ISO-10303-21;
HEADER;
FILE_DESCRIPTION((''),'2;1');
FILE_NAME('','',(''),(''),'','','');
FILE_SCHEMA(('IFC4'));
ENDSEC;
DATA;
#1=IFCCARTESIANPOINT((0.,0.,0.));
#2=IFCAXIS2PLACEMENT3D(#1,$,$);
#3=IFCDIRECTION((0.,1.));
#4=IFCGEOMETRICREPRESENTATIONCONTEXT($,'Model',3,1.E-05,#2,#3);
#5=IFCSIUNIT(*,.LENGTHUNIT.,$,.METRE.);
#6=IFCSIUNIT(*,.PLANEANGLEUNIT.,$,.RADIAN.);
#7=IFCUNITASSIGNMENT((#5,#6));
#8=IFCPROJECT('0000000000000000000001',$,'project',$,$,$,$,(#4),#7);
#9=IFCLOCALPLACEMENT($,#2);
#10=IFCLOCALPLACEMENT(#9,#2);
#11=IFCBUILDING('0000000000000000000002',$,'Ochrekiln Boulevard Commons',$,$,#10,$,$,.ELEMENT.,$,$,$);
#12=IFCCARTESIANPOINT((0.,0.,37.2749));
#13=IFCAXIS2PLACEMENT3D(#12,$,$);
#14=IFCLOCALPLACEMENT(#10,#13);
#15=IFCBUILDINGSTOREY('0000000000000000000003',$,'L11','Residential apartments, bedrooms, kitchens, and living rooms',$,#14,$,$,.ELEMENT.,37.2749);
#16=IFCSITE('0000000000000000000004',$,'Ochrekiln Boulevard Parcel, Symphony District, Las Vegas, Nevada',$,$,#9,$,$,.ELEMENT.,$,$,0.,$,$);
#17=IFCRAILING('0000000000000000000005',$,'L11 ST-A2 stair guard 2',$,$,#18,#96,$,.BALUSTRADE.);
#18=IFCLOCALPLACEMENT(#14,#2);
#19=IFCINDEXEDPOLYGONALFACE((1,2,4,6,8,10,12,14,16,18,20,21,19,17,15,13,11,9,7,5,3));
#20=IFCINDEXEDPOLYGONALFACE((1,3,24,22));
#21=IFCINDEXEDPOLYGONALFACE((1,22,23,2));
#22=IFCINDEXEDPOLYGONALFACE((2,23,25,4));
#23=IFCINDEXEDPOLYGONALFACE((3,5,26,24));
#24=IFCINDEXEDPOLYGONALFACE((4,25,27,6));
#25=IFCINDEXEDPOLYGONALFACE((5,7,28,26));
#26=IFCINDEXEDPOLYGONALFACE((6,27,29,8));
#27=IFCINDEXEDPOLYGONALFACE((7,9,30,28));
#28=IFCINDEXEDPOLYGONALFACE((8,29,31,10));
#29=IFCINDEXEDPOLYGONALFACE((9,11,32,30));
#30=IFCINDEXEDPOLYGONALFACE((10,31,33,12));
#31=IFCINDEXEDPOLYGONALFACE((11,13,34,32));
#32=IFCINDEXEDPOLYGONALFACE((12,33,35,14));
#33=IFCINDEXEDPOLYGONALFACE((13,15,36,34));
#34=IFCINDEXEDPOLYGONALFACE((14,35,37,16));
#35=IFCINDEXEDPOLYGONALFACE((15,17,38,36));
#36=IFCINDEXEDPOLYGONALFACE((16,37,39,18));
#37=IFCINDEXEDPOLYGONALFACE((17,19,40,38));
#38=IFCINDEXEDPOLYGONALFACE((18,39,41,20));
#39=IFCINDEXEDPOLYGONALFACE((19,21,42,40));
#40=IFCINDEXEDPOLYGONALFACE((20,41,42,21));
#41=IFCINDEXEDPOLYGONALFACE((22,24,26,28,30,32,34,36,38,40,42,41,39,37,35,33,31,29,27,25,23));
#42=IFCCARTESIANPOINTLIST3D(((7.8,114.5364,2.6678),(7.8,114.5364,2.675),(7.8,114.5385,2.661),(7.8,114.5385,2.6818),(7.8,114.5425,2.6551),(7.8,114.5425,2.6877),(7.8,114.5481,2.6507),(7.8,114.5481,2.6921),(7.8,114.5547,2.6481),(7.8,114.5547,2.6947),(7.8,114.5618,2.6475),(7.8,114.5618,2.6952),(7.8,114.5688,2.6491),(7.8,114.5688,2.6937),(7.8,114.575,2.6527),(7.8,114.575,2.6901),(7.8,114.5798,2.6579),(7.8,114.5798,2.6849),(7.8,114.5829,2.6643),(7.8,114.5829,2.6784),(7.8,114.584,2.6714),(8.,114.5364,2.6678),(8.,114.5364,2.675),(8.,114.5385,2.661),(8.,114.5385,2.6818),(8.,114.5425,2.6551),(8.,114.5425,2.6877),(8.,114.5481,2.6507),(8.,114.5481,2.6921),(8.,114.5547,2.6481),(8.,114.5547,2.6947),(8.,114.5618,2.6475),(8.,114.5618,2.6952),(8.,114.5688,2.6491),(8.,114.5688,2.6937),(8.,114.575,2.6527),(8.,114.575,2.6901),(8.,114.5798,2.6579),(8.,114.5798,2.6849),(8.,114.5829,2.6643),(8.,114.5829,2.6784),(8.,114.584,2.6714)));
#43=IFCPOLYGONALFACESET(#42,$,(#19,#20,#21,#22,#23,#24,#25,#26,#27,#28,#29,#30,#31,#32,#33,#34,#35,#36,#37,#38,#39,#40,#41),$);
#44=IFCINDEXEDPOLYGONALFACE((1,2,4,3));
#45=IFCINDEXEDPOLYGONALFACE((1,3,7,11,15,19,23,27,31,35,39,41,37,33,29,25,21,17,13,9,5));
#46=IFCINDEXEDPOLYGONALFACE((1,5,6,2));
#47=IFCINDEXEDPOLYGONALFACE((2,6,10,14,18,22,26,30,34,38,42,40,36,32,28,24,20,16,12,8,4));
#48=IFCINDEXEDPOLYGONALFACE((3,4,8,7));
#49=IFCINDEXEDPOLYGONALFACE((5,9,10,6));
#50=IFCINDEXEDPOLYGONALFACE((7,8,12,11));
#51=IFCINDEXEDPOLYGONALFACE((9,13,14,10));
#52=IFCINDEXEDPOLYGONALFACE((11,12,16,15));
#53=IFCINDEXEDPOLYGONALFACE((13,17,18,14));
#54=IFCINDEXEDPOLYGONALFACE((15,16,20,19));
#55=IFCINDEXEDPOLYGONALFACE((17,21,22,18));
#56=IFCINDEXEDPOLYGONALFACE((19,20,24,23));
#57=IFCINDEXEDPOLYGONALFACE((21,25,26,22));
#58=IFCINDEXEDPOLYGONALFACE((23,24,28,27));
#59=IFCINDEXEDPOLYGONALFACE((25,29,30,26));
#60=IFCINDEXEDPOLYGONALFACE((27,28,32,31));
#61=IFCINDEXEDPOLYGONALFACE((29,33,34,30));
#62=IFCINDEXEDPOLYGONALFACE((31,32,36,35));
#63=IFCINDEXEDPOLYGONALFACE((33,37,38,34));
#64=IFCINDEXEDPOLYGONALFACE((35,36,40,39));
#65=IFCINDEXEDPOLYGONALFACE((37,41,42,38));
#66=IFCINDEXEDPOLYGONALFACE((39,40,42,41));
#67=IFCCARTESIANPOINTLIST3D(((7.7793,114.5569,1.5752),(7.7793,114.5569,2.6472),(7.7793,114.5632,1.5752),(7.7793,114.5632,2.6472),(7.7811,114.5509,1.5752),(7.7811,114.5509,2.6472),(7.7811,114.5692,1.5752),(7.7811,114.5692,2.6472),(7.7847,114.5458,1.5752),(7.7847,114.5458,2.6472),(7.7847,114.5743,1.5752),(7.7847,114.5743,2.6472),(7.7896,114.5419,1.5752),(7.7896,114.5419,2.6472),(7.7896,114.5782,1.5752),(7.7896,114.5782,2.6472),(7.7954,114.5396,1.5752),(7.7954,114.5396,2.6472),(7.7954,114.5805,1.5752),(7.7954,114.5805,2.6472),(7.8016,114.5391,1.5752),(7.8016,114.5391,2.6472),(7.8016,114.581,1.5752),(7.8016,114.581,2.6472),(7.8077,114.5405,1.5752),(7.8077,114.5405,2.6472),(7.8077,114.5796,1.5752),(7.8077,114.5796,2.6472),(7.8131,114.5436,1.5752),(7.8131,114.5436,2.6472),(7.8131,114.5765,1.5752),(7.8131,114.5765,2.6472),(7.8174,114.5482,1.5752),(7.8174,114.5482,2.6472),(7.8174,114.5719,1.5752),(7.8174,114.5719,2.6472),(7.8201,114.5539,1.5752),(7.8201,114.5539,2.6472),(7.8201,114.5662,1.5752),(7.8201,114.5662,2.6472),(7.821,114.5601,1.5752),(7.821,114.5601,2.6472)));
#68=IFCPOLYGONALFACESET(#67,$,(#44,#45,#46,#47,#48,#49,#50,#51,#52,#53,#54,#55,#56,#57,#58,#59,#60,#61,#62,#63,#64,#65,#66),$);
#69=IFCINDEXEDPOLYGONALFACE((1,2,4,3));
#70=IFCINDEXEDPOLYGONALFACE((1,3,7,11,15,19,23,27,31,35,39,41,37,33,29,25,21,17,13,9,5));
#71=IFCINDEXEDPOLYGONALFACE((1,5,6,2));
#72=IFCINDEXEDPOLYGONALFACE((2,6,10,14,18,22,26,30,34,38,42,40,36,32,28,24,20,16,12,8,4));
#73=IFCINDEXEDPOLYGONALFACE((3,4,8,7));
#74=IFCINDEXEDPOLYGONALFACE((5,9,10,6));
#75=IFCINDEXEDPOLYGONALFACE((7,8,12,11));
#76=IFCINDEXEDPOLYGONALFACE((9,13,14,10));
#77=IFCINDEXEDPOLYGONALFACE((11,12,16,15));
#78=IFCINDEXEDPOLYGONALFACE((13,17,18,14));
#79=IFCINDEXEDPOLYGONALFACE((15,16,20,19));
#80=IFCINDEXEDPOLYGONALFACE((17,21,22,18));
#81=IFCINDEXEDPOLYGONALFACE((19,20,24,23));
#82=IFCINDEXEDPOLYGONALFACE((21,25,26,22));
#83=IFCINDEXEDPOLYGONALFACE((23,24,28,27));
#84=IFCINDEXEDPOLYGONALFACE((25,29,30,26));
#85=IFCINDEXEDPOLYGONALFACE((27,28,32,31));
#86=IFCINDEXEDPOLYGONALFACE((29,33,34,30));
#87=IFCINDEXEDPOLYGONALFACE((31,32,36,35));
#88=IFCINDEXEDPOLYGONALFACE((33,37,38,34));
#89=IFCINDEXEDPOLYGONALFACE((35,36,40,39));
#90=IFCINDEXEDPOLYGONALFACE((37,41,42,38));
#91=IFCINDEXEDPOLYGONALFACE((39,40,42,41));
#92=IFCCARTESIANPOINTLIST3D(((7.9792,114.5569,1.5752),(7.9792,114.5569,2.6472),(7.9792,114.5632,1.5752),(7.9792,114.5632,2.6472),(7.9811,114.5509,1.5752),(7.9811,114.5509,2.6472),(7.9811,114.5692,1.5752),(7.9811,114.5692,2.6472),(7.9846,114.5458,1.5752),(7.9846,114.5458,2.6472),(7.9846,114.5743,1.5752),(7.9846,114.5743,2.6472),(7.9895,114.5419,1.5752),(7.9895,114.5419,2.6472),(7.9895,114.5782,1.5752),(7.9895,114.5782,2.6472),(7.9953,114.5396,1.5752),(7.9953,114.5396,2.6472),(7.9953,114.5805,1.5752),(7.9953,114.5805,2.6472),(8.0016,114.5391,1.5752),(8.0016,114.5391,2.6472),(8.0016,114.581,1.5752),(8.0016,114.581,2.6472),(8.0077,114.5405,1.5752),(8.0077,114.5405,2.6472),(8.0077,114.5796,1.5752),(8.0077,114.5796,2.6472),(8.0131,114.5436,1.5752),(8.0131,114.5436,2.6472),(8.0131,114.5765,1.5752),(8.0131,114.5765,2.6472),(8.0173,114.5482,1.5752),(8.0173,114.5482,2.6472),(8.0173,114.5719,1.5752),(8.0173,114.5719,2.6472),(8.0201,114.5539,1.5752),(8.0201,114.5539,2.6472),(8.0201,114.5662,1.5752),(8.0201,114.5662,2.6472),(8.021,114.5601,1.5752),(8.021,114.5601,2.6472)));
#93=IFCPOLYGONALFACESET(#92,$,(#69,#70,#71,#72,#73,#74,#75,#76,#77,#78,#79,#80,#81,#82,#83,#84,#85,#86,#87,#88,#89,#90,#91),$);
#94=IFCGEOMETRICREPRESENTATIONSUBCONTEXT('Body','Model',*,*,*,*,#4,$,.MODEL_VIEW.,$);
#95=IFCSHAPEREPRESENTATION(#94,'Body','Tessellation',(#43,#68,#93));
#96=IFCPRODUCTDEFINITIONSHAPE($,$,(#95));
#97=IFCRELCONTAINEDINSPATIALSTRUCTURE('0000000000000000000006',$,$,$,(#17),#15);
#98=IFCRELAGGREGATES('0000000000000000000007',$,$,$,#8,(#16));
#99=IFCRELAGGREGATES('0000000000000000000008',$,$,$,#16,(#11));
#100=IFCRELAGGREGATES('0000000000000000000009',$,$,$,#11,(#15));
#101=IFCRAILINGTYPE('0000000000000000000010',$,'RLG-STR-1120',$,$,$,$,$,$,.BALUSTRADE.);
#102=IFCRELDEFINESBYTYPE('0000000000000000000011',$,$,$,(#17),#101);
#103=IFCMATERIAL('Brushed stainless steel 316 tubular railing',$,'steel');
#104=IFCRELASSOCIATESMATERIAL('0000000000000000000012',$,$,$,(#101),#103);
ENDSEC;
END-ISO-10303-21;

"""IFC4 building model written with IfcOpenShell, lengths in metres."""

from ifc_helpers import new_model, si_unit, direction, frame, origin, origin_2d, place, context, subcontext, project, spatial, circle, extrude, material, type_object, element, save


model = new_model("IFC4")

# Units and contexts
model_context = context("Model", 3, precision=1e-05, world=origin(), true_north=direction((0.0, 1.0)))
body_context = subcontext(model_context, "Body", "Model", "MODEL_VIEW")
ifc_project = project(units=[si_unit("LENGTHUNIT", "METRE"), si_unit("PLANEANGLEUNIT", "RADIAN")], contexts=[model_context])

# Site, building, storey
site_placement = place(None, origin())
site = spatial("IfcSite", under=ifc_project, at=site_placement, Name="Ochrekiln Boulevard Parcel, Symphony District, Las Vegas, Nevada", CompositionType="ELEMENT", RefElevation=0.0)
building_placement = place(site_placement, origin())
building = spatial("IfcBuilding", under=site, at=building_placement, Name="Ochrekiln Boulevard Commons", CompositionType="ELEMENT")
storey_placement = place(building_placement, frame((0.0, 0.0, 37.2749)))
storey = spatial("IfcBuildingStorey", under=building, at=storey_placement, Name="L11", Description="Residential apartments, bedrooms, kitchens, and living rooms", CompositionType="ELEMENT", Elevation=37.2749)

# Railing
ifc_material_1 = material(Name="Brushed stainless steel 316 tubular railing", Category="steel")
railing_type_1 = type_object("IfcRailingType", Name="RLG-STR-1120", PredefinedType="BALUSTRADE", material=ifc_material_1)
railing_1_placement = place(storey_placement, frame((7.8, 114.5601, 1.5752)))
element("IfcRailing", 1, at=railing_1_placement, inside=storey, type_object=railing_type_1, Name="L11 ST-A2 stair guard 2", PredefinedType="BALUSTRADE", context=body_context, shape_type="SweptSolid", body=[
    extrude(circle(Radius=0.0239, at=origin_2d()), frame((0.0, 0.0, 1.0962), z_axis=(1.0, 0.0, 0.0), x_axis=(0.0, 1.0, 0.0)), (0.0, 0.0, 1.0), 0.2),
    extrude(circle(Radius=0.021, at=origin_2d()), origin(), (0.0, 0.0, 1.0), 1.072),
    extrude(circle(Radius=0.021, at=origin_2d()), frame((0.2, 0.0, 0.0)), (0.0, 0.0, 1.0), 1.072),
])

save(model, "model.ifc")
